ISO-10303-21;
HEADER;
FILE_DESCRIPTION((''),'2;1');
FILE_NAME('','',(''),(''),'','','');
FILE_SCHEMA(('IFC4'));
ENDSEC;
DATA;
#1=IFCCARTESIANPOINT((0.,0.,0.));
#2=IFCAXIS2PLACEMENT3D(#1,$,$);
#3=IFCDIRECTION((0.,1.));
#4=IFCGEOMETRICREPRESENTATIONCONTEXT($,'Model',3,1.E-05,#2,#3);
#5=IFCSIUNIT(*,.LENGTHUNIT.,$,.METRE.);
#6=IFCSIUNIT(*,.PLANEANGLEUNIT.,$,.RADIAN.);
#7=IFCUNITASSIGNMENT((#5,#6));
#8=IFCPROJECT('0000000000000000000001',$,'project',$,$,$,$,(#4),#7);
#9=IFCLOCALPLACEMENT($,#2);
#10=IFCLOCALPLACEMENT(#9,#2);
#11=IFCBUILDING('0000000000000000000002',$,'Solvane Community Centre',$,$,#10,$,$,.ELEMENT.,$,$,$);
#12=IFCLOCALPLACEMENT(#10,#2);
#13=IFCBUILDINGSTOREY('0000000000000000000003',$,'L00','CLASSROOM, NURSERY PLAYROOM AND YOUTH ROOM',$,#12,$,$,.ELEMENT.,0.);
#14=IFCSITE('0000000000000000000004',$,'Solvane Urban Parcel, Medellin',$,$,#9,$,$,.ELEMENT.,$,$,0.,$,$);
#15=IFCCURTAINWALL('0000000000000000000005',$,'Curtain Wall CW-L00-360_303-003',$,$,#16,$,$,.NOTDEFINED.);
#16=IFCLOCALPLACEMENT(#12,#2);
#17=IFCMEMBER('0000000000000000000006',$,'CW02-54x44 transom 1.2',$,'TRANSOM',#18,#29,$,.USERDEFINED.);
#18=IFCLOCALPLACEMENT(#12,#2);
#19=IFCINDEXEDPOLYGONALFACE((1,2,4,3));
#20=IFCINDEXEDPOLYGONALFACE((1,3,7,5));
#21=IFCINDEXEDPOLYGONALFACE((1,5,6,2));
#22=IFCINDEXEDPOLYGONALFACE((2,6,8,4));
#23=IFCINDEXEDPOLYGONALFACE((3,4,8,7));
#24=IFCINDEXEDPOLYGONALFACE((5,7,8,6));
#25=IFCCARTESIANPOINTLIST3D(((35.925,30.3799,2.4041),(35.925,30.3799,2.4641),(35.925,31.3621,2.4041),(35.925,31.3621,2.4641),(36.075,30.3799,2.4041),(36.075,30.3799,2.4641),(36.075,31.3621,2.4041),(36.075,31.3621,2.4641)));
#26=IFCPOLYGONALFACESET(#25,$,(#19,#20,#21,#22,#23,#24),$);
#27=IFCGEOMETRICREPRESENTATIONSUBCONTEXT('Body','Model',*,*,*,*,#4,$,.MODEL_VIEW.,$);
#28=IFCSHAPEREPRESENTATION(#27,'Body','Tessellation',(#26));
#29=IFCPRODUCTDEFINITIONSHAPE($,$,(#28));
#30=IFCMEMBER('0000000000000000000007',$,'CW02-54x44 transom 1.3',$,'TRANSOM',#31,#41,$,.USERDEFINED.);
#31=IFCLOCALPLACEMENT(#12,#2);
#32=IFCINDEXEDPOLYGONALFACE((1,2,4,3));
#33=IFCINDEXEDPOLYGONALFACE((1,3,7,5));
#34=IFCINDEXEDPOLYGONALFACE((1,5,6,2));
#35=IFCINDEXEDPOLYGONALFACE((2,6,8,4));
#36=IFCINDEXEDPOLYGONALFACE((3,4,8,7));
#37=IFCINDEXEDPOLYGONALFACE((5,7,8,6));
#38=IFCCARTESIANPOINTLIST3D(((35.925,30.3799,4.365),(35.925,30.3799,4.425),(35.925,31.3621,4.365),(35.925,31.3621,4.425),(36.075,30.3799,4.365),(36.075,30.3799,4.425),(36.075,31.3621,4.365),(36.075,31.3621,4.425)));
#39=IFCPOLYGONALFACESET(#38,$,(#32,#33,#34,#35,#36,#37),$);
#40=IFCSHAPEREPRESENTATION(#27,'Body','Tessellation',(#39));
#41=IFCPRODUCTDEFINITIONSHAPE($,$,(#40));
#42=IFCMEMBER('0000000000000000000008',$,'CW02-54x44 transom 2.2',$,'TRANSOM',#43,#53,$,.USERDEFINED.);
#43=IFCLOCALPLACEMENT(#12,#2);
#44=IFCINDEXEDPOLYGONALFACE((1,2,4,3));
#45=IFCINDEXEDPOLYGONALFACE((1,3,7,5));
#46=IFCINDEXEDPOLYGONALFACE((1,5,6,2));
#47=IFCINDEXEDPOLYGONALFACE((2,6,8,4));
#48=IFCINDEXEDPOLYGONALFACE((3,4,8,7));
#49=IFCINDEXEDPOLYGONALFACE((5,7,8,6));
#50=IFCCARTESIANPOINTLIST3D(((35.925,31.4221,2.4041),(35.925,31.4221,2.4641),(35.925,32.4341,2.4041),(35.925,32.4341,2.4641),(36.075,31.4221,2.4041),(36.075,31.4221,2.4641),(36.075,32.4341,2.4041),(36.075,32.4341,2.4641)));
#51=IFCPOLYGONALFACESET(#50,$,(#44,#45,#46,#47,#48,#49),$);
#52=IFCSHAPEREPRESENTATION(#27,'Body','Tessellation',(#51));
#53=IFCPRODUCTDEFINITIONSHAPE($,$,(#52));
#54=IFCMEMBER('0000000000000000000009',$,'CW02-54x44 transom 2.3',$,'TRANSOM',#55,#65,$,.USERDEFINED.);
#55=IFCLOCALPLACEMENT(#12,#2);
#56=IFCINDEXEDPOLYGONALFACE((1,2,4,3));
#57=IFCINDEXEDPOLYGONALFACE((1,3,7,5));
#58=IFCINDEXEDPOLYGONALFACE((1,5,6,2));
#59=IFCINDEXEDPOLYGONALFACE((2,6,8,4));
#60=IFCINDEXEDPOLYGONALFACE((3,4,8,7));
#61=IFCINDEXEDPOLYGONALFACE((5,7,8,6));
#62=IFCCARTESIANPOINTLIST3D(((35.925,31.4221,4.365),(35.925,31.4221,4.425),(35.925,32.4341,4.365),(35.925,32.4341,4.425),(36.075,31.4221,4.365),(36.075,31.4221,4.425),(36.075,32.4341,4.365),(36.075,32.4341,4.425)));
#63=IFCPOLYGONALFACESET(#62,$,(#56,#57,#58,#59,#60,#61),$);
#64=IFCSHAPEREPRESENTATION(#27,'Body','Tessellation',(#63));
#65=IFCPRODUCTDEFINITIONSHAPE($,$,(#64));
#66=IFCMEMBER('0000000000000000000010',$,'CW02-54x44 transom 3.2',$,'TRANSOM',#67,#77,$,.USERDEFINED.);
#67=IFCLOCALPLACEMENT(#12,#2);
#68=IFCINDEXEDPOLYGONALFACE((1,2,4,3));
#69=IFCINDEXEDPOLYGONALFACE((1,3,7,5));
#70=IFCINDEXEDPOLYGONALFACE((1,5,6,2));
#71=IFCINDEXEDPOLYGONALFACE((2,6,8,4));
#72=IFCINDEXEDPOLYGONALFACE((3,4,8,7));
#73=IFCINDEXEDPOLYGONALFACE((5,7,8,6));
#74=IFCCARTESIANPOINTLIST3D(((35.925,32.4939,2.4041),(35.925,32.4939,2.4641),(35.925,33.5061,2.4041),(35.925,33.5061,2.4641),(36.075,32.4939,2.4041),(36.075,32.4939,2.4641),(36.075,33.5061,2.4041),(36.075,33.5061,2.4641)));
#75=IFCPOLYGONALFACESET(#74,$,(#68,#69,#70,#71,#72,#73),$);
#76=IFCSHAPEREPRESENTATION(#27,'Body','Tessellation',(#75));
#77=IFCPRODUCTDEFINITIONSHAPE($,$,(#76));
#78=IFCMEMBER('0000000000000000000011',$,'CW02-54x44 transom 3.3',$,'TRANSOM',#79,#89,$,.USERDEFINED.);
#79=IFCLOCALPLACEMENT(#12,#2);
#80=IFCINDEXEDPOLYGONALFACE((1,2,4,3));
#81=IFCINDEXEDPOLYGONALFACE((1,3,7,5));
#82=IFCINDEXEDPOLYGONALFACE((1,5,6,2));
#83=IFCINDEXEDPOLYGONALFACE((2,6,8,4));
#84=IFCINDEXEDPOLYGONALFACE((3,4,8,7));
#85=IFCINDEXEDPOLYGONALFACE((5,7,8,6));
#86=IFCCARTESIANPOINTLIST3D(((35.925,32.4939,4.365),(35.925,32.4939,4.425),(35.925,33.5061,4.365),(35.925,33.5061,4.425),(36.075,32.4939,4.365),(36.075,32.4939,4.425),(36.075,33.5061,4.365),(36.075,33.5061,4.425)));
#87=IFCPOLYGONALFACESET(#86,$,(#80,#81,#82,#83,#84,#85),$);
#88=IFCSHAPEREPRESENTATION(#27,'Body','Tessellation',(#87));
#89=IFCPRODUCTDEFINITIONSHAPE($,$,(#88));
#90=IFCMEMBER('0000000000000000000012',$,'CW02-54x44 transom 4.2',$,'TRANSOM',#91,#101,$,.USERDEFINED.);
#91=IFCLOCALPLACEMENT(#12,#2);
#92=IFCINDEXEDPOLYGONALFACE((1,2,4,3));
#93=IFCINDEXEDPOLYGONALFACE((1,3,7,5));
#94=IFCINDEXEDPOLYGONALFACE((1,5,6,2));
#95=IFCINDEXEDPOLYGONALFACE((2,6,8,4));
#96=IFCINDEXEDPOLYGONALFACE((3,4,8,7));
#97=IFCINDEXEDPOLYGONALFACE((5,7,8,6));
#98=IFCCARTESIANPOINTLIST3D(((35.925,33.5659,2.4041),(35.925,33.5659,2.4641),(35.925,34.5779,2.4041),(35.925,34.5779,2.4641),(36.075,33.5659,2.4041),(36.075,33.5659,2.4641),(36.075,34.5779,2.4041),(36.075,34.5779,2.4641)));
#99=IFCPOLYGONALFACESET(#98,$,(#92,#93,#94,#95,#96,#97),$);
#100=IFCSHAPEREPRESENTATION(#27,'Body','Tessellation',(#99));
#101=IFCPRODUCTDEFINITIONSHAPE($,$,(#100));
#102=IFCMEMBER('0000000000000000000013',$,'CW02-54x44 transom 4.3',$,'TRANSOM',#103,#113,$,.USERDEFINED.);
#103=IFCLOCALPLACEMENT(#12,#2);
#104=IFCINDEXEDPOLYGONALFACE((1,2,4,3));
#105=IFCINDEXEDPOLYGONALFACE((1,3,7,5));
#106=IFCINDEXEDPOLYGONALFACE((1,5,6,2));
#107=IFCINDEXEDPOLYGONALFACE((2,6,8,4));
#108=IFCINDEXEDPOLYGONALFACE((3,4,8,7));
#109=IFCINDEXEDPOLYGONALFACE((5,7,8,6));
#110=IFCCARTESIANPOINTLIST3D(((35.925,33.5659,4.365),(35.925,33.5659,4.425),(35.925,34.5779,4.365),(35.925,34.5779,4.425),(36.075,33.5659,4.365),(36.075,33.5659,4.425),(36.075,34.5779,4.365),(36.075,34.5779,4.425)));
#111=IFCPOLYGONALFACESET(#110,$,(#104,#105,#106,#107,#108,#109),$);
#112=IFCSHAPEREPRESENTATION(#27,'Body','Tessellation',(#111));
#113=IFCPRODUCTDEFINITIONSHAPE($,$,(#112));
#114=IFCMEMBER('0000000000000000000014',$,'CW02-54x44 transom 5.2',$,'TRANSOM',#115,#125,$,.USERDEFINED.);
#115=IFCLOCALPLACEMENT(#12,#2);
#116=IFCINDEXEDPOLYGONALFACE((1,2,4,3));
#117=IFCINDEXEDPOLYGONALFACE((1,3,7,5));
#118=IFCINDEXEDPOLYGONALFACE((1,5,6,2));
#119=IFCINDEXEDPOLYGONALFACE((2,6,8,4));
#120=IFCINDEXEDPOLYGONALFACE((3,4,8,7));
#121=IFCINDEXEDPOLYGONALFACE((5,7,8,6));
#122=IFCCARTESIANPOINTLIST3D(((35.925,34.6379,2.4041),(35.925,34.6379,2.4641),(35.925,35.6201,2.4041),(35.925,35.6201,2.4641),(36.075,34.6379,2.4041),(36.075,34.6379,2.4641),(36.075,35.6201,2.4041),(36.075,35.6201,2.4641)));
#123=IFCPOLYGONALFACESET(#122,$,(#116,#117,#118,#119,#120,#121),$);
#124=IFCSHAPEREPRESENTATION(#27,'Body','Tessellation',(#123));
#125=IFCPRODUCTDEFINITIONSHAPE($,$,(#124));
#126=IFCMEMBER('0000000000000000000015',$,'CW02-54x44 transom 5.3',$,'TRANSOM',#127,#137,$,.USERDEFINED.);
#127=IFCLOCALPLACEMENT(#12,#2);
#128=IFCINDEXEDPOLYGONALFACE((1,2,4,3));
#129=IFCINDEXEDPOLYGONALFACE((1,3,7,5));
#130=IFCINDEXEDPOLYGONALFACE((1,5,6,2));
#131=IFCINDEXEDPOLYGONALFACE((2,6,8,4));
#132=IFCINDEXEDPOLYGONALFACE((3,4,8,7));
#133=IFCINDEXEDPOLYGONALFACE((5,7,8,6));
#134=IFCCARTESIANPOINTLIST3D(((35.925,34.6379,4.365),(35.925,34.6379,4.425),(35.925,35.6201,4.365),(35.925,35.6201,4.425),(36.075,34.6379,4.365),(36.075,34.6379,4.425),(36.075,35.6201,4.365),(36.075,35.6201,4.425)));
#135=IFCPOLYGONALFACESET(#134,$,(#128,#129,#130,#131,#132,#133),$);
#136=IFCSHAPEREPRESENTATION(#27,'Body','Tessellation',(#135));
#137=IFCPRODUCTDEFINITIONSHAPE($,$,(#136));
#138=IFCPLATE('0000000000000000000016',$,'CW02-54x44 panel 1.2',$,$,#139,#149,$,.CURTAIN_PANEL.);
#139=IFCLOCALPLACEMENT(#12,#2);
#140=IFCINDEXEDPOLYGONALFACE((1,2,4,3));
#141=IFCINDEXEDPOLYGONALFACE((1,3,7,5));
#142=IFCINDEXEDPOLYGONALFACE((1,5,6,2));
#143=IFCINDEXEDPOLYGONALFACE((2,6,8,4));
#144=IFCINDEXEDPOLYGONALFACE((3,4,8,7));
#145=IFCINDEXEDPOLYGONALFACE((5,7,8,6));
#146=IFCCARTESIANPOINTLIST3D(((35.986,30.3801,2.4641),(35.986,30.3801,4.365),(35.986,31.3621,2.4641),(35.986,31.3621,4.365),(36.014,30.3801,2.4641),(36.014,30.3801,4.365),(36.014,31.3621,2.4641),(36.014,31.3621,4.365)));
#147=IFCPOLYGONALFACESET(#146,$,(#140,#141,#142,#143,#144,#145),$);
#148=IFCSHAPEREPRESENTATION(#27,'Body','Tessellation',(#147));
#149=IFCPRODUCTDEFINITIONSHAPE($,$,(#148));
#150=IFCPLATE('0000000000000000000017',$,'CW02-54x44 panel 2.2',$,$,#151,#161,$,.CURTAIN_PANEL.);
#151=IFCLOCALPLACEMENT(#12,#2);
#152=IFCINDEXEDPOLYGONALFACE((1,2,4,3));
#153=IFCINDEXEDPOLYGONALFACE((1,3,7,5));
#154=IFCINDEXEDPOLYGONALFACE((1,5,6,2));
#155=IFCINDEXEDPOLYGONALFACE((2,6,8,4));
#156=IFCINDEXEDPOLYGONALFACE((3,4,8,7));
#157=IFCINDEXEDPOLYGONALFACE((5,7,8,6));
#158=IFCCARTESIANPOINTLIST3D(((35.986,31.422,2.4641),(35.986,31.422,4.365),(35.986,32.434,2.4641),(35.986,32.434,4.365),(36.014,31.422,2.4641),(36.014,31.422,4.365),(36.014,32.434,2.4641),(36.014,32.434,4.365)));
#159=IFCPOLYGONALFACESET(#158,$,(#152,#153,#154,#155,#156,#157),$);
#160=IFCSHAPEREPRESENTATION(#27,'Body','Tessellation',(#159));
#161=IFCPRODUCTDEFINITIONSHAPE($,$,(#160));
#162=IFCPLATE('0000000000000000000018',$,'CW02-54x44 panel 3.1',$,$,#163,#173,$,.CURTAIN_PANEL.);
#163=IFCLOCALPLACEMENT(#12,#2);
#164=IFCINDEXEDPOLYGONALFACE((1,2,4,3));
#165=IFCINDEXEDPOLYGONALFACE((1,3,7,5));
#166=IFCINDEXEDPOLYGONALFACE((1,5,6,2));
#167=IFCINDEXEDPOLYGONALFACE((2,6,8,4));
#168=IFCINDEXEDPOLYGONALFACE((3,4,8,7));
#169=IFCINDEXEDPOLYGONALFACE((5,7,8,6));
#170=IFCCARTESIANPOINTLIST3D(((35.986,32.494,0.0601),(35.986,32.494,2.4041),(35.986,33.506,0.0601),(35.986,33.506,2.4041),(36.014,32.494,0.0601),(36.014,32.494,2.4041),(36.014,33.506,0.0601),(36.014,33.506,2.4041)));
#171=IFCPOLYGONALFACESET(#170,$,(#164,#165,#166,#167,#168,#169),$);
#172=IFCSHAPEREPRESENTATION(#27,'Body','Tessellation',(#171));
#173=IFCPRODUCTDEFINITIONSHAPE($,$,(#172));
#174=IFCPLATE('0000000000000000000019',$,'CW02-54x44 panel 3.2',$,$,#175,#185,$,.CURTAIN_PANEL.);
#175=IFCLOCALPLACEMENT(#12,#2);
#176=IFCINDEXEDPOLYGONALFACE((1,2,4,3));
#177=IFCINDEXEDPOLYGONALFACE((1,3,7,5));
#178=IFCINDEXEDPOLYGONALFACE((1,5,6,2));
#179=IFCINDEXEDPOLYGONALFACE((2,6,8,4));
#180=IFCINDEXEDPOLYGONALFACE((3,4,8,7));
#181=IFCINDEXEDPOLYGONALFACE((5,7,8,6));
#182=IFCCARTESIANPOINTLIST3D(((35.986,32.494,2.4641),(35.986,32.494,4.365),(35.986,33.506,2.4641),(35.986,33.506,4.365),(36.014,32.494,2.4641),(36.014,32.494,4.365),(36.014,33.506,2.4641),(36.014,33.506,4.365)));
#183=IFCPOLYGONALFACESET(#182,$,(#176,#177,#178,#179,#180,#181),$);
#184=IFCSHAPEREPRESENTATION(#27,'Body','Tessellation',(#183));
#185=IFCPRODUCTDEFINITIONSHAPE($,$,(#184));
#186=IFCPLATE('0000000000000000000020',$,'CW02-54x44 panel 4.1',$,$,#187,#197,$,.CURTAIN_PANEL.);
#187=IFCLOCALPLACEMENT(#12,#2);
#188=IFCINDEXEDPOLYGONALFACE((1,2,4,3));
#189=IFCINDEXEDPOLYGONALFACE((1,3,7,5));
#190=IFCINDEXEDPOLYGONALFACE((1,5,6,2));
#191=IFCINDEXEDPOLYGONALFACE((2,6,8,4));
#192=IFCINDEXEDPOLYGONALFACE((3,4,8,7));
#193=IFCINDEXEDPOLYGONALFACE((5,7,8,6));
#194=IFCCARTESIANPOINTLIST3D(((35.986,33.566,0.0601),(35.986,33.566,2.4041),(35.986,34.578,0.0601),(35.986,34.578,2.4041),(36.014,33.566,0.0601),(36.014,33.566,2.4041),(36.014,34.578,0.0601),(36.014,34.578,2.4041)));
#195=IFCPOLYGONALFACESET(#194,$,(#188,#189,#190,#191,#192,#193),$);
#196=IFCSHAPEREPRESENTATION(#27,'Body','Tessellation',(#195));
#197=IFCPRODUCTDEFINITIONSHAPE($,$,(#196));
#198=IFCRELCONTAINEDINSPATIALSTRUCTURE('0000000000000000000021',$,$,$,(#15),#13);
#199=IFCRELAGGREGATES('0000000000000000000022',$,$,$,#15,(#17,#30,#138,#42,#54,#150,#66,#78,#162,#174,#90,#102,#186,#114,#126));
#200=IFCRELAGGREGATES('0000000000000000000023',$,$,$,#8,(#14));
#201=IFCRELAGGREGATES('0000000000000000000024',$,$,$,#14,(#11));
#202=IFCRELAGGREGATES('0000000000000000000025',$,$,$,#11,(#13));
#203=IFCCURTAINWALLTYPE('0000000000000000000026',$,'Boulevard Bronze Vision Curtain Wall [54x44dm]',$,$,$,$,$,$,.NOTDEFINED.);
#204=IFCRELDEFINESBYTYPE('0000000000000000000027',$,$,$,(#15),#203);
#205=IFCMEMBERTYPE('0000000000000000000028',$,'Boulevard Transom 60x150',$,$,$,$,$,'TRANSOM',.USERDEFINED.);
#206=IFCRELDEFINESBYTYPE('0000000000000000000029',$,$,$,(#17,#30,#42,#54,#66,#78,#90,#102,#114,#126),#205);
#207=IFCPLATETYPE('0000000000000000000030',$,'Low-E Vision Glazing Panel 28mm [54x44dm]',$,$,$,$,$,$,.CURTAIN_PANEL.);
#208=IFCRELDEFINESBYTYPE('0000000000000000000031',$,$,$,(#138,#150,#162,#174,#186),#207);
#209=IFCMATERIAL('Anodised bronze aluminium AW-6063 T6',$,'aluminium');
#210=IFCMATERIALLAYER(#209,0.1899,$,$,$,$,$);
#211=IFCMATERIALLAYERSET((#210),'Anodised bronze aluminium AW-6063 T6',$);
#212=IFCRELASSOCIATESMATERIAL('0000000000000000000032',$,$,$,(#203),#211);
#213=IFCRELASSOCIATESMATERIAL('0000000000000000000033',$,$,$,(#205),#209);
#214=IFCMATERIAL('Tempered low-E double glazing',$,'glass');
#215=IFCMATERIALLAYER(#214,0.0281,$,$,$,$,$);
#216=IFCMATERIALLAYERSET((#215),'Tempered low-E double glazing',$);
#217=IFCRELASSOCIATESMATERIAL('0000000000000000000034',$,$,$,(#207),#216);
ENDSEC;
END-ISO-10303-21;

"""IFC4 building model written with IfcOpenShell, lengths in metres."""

from ifc_helpers import new_model, si_unit, direction, frame, origin, origin_2d, place, context, subcontext, project, spatial, rectangle, extrude, material, layer, layer_set, material_profile, profile_set, type_object, element, aggregate, save


model = new_model("IFC4")

# Units and contexts
model_context = context("Model", 3, precision=1e-05, world=origin(), true_north=direction((0.0, 1.0)))
body_context = subcontext(model_context, "Body", "Model", "MODEL_VIEW")
ifc_project = project(units=[si_unit("LENGTHUNIT", "METRE"), si_unit("PLANEANGLEUNIT", "RADIAN")], contexts=[model_context])

# Site, building, storey
site_placement = place(None, origin())
site = spatial("IfcSite", under=ifc_project, at=site_placement, Name="Solvane Urban Parcel, Medellin", CompositionType="ELEMENT", RefElevation=0.0)
building_placement = place(site_placement, origin())
building = spatial("IfcBuilding", under=site, at=building_placement, Name="Solvane Community Centre", CompositionType="ELEMENT")
storey_placement = place(building_placement, origin())
storey = spatial("IfcBuildingStorey", under=building, at=storey_placement, Name="L00", Description="CLASSROOM, NURSERY PLAYROOM AND YOUTH ROOM", CompositionType="ELEMENT", Elevation=0.0)

# Curtain wall, members, plates
ifc_material_1 = material(Name="Anodised bronze aluminium AW-6063 T6", Category="aluminium")
ifc_layer_1 = layer(ifc_material_1, 0.1899)
ifc_layer_set_1 = layer_set([ifc_layer_1], Name="Anodised bronze aluminium AW-6063 T6")
curtain_wall_type = type_object("IfcCurtainWallType", Name="Boulevard Bronze Vision Curtain Wall [54x44dm]", PredefinedType="NOTDEFINED", material=ifc_layer_set_1)
curtain_wall_placement = place(storey_placement, origin())
curtain_wall = element("IfcCurtainWall", 1, at=curtain_wall_placement, inside=storey, type_object=curtain_wall_type, Name="Curtain Wall CW-L00-360_303-003", PredefinedType="NOTDEFINED")
ifc_material_profile = material_profile(ifc_material_1, rectangle(XDim=0.1499, YDim=0.0601, at=origin_2d()), Name="CW-T 60x150")
ifc_profile_set = profile_set([ifc_material_profile], Name="Anodised bronze aluminium AW-6063 T6")
member_type = type_object("IfcMemberType", Name="Boulevard Transom 60x150", ElementType="TRANSOM", PredefinedType="USERDEFINED", material=ifc_profile_set)
member_1_placement = place(storey_placement, frame((36.0, 30.3799, 2.4341), z_axis=(0.0, 1.0, 0.0), x_axis=(-1.0, 0.0, 0.0)))
member_1 = element("IfcMember", 2, at=member_1_placement, type_object=member_type, Name="CW02-54x44 transom 1.2", ObjectType="TRANSOM", PredefinedType="USERDEFINED", context=body_context, shape_type="SweptSolid", body=[
    extrude(rectangle(XDim=0.1499, YDim=0.0601, at=origin_2d()), origin(), (0.0, 0.0, 1.0), 0.9822),
])
member_2_placement = place(storey_placement, frame((36.0, 30.3799, 4.395), z_axis=(0.0, 1.0, 0.0), x_axis=(-1.0, 0.0, 0.0)))
member_2 = element("IfcMember", 3, at=member_2_placement, type_object=member_type, Name="CW02-54x44 transom 1.3", ObjectType="TRANSOM", PredefinedType="USERDEFINED", context=body_context, shape_type="SweptSolid", body=[
    extrude(rectangle(XDim=0.1499, YDim=0.0601, at=origin_2d()), origin(), (0.0, 0.0, 1.0), 0.9822),
])
member_3_placement = place(storey_placement, frame((36.0, 31.4221, 2.4341), z_axis=(0.0, 1.0, 0.0), x_axis=(-1.0, 0.0, 0.0)))
member_3 = element("IfcMember", 4, at=member_3_placement, type_object=member_type, Name="CW02-54x44 transom 2.2", ObjectType="TRANSOM", PredefinedType="USERDEFINED", context=body_context, shape_type="SweptSolid", body=[
    extrude(rectangle(XDim=0.1499, YDim=0.0601, at=origin_2d()), origin(), (0.0, 0.0, 1.0), 1.012),
])
member_4_placement = place(storey_placement, frame((36.0, 31.4221, 4.395), z_axis=(0.0, 1.0, 0.0), x_axis=(-1.0, 0.0, 0.0)))
member_4 = element("IfcMember", 5, at=member_4_placement, type_object=member_type, Name="CW02-54x44 transom 2.3", ObjectType="TRANSOM", PredefinedType="USERDEFINED", context=body_context, shape_type="SweptSolid", body=[
    extrude(rectangle(XDim=0.1499, YDim=0.0601, at=origin_2d()), origin(), (0.0, 0.0, 1.0), 1.012),
])
member_5_placement = place(storey_placement, frame((36.0, 32.4939, 2.4341), z_axis=(0.0, 1.0, 0.0), x_axis=(-1.0, 0.0, 0.0)))
member_5 = element("IfcMember", 6, at=member_5_placement, type_object=member_type, Name="CW02-54x44 transom 3.2", ObjectType="TRANSOM", PredefinedType="USERDEFINED", context=body_context, shape_type="SweptSolid", body=[
    extrude(rectangle(XDim=0.1499, YDim=0.0601, at=origin_2d()), origin(), (0.0, 0.0, 1.0), 1.0122),
])
member_6_placement = place(storey_placement, frame((36.0, 32.4939, 4.395), z_axis=(0.0, 1.0, 0.0), x_axis=(-1.0, 0.0, 0.0)))
member_6 = element("IfcMember", 7, at=member_6_placement, type_object=member_type, Name="CW02-54x44 transom 3.3", ObjectType="TRANSOM", PredefinedType="USERDEFINED", context=body_context, shape_type="SweptSolid", body=[
    extrude(rectangle(XDim=0.1499, YDim=0.0601, at=origin_2d()), origin(), (0.0, 0.0, 1.0), 1.0122),
])
member_7_placement = place(storey_placement, frame((36.0, 33.5659, 2.4341), z_axis=(0.0, 1.0, 0.0), x_axis=(-1.0, 0.0, 0.0)))
member_7 = element("IfcMember", 8, at=member_7_placement, type_object=member_type, Name="CW02-54x44 transom 4.2", ObjectType="TRANSOM", PredefinedType="USERDEFINED", context=body_context, shape_type="SweptSolid", body=[
    extrude(rectangle(XDim=0.1499, YDim=0.0601, at=origin_2d()), origin(), (0.0, 0.0, 1.0), 1.012),
])
member_8_placement = place(storey_placement, frame((36.0, 33.5659, 4.395), z_axis=(0.0, 1.0, 0.0), x_axis=(-1.0, 0.0, 0.0)))
member_8 = element("IfcMember", 9, at=member_8_placement, type_object=member_type, Name="CW02-54x44 transom 4.3", ObjectType="TRANSOM", PredefinedType="USERDEFINED", context=body_context, shape_type="SweptSolid", body=[
    extrude(rectangle(XDim=0.1499, YDim=0.0601, at=origin_2d()), origin(), (0.0, 0.0, 1.0), 1.012),
])
member_9_placement = place(storey_placement, frame((36.0, 34.6379, 2.4341), z_axis=(0.0, 1.0, 0.0), x_axis=(-1.0, 0.0, 0.0)))
member_9 = element("IfcMember", 10, at=member_9_placement, type_object=member_type, Name="CW02-54x44 transom 5.2", ObjectType="TRANSOM", PredefinedType="USERDEFINED", context=body_context, shape_type="SweptSolid", body=[
    extrude(rectangle(XDim=0.1499, YDim=0.0601, at=origin_2d()), origin(), (0.0, 0.0, 1.0), 0.9822),
])
member_10_placement = place(storey_placement, frame((36.0, 34.6379, 4.395), z_axis=(0.0, 1.0, 0.0), x_axis=(-1.0, 0.0, 0.0)))
member_10 = element("IfcMember", 11, at=member_10_placement, type_object=member_type, Name="CW02-54x44 transom 5.3", ObjectType="TRANSOM", PredefinedType="USERDEFINED", context=body_context, shape_type="SweptSolid", body=[
    extrude(rectangle(XDim=0.1499, YDim=0.0601, at=origin_2d()), origin(), (0.0, 0.0, 1.0), 0.9822),
])
ifc_material_2 = material(Name="Tempered low-E double glazing", Category="glass")
ifc_layer_2 = layer(ifc_material_2, 0.0281)
ifc_layer_set_2 = layer_set([ifc_layer_2], Name="Tempered low-E double glazing")
plate_type = type_object("IfcPlateType", Name="Low-E Vision Glazing Panel 28mm [54x44dm]", PredefinedType="CURTAIN_PANEL", material=ifc_layer_set_2)
plate_1_placement = place(storey_placement, frame((36.0, 30.8711, 2.4641), z_axis=(0.0, 0.0, 1.0), x_axis=(0.0, 1.0, 0.0)))
plate_1 = element("IfcPlate", 12, at=plate_1_placement, type_object=plate_type, Name="CW02-54x44 panel 1.2", PredefinedType="CURTAIN_PANEL", context=body_context, shape_type="SweptSolid", body=[
    extrude(rectangle(XDim=0.9819, YDim=0.0281, at=origin_2d()), origin(), (0.0, 0.0, 1.0), 1.9009),
])
plate_2_placement = place(storey_placement, frame((36.0, 31.928, 2.4641), z_axis=(0.0, 0.0, 1.0), x_axis=(0.0, 1.0, 0.0)))
plate_2 = element("IfcPlate", 13, at=plate_2_placement, type_object=plate_type, Name="CW02-54x44 panel 2.2", PredefinedType="CURTAIN_PANEL", context=body_context, shape_type="SweptSolid", body=[
    extrude(rectangle(XDim=1.012, YDim=0.0281, at=origin_2d()), origin(), (0.0, 0.0, 1.0), 1.9009),
])
plate_3_placement = place(storey_placement, frame((36.0, 33.0, 0.0601), z_axis=(0.0, 0.0, 1.0), x_axis=(0.0, 1.0, 0.0)))
plate_3 = element("IfcPlate", 14, at=plate_3_placement, type_object=plate_type, Name="CW02-54x44 panel 3.1", PredefinedType="CURTAIN_PANEL", context=body_context, shape_type="SweptSolid", body=[
    extrude(rectangle(XDim=1.012, YDim=0.0281, at=origin_2d()), origin(), (0.0, 0.0, 1.0), 2.344),
])
plate_4_placement = place(storey_placement, frame((36.0, 33.0, 2.4641), z_axis=(0.0, 0.0, 1.0), x_axis=(0.0, 1.0, 0.0)))
plate_4 = element("IfcPlate", 15, at=plate_4_placement, type_object=plate_type, Name="CW02-54x44 panel 3.2", PredefinedType="CURTAIN_PANEL", context=body_context, shape_type="SweptSolid", body=[
    extrude(rectangle(XDim=1.012, YDim=0.0281, at=origin_2d()), origin(), (0.0, 0.0, 1.0), 1.9009),
])
plate_5_placement = place(storey_placement, frame((36.0, 34.072, 0.0601), z_axis=(0.0, 0.0, 1.0), x_axis=(0.0, 1.0, 0.0)))
plate_5 = element("IfcPlate", 16, at=plate_5_placement, type_object=plate_type, Name="CW02-54x44 panel 4.1", PredefinedType="CURTAIN_PANEL", context=body_context, shape_type="SweptSolid", body=[
    extrude(rectangle(XDim=1.012, YDim=0.0281, at=origin_2d()), origin(), (0.0, 0.0, 1.0), 2.344),
])
aggregate(curtain_wall, [member_1, member_2, plate_1, member_3, member_4, plate_2, member_5, member_6, plate_3, plate_4, member_7, member_8, plate_5, member_9, member_10])

save(model, "model.ifc")
